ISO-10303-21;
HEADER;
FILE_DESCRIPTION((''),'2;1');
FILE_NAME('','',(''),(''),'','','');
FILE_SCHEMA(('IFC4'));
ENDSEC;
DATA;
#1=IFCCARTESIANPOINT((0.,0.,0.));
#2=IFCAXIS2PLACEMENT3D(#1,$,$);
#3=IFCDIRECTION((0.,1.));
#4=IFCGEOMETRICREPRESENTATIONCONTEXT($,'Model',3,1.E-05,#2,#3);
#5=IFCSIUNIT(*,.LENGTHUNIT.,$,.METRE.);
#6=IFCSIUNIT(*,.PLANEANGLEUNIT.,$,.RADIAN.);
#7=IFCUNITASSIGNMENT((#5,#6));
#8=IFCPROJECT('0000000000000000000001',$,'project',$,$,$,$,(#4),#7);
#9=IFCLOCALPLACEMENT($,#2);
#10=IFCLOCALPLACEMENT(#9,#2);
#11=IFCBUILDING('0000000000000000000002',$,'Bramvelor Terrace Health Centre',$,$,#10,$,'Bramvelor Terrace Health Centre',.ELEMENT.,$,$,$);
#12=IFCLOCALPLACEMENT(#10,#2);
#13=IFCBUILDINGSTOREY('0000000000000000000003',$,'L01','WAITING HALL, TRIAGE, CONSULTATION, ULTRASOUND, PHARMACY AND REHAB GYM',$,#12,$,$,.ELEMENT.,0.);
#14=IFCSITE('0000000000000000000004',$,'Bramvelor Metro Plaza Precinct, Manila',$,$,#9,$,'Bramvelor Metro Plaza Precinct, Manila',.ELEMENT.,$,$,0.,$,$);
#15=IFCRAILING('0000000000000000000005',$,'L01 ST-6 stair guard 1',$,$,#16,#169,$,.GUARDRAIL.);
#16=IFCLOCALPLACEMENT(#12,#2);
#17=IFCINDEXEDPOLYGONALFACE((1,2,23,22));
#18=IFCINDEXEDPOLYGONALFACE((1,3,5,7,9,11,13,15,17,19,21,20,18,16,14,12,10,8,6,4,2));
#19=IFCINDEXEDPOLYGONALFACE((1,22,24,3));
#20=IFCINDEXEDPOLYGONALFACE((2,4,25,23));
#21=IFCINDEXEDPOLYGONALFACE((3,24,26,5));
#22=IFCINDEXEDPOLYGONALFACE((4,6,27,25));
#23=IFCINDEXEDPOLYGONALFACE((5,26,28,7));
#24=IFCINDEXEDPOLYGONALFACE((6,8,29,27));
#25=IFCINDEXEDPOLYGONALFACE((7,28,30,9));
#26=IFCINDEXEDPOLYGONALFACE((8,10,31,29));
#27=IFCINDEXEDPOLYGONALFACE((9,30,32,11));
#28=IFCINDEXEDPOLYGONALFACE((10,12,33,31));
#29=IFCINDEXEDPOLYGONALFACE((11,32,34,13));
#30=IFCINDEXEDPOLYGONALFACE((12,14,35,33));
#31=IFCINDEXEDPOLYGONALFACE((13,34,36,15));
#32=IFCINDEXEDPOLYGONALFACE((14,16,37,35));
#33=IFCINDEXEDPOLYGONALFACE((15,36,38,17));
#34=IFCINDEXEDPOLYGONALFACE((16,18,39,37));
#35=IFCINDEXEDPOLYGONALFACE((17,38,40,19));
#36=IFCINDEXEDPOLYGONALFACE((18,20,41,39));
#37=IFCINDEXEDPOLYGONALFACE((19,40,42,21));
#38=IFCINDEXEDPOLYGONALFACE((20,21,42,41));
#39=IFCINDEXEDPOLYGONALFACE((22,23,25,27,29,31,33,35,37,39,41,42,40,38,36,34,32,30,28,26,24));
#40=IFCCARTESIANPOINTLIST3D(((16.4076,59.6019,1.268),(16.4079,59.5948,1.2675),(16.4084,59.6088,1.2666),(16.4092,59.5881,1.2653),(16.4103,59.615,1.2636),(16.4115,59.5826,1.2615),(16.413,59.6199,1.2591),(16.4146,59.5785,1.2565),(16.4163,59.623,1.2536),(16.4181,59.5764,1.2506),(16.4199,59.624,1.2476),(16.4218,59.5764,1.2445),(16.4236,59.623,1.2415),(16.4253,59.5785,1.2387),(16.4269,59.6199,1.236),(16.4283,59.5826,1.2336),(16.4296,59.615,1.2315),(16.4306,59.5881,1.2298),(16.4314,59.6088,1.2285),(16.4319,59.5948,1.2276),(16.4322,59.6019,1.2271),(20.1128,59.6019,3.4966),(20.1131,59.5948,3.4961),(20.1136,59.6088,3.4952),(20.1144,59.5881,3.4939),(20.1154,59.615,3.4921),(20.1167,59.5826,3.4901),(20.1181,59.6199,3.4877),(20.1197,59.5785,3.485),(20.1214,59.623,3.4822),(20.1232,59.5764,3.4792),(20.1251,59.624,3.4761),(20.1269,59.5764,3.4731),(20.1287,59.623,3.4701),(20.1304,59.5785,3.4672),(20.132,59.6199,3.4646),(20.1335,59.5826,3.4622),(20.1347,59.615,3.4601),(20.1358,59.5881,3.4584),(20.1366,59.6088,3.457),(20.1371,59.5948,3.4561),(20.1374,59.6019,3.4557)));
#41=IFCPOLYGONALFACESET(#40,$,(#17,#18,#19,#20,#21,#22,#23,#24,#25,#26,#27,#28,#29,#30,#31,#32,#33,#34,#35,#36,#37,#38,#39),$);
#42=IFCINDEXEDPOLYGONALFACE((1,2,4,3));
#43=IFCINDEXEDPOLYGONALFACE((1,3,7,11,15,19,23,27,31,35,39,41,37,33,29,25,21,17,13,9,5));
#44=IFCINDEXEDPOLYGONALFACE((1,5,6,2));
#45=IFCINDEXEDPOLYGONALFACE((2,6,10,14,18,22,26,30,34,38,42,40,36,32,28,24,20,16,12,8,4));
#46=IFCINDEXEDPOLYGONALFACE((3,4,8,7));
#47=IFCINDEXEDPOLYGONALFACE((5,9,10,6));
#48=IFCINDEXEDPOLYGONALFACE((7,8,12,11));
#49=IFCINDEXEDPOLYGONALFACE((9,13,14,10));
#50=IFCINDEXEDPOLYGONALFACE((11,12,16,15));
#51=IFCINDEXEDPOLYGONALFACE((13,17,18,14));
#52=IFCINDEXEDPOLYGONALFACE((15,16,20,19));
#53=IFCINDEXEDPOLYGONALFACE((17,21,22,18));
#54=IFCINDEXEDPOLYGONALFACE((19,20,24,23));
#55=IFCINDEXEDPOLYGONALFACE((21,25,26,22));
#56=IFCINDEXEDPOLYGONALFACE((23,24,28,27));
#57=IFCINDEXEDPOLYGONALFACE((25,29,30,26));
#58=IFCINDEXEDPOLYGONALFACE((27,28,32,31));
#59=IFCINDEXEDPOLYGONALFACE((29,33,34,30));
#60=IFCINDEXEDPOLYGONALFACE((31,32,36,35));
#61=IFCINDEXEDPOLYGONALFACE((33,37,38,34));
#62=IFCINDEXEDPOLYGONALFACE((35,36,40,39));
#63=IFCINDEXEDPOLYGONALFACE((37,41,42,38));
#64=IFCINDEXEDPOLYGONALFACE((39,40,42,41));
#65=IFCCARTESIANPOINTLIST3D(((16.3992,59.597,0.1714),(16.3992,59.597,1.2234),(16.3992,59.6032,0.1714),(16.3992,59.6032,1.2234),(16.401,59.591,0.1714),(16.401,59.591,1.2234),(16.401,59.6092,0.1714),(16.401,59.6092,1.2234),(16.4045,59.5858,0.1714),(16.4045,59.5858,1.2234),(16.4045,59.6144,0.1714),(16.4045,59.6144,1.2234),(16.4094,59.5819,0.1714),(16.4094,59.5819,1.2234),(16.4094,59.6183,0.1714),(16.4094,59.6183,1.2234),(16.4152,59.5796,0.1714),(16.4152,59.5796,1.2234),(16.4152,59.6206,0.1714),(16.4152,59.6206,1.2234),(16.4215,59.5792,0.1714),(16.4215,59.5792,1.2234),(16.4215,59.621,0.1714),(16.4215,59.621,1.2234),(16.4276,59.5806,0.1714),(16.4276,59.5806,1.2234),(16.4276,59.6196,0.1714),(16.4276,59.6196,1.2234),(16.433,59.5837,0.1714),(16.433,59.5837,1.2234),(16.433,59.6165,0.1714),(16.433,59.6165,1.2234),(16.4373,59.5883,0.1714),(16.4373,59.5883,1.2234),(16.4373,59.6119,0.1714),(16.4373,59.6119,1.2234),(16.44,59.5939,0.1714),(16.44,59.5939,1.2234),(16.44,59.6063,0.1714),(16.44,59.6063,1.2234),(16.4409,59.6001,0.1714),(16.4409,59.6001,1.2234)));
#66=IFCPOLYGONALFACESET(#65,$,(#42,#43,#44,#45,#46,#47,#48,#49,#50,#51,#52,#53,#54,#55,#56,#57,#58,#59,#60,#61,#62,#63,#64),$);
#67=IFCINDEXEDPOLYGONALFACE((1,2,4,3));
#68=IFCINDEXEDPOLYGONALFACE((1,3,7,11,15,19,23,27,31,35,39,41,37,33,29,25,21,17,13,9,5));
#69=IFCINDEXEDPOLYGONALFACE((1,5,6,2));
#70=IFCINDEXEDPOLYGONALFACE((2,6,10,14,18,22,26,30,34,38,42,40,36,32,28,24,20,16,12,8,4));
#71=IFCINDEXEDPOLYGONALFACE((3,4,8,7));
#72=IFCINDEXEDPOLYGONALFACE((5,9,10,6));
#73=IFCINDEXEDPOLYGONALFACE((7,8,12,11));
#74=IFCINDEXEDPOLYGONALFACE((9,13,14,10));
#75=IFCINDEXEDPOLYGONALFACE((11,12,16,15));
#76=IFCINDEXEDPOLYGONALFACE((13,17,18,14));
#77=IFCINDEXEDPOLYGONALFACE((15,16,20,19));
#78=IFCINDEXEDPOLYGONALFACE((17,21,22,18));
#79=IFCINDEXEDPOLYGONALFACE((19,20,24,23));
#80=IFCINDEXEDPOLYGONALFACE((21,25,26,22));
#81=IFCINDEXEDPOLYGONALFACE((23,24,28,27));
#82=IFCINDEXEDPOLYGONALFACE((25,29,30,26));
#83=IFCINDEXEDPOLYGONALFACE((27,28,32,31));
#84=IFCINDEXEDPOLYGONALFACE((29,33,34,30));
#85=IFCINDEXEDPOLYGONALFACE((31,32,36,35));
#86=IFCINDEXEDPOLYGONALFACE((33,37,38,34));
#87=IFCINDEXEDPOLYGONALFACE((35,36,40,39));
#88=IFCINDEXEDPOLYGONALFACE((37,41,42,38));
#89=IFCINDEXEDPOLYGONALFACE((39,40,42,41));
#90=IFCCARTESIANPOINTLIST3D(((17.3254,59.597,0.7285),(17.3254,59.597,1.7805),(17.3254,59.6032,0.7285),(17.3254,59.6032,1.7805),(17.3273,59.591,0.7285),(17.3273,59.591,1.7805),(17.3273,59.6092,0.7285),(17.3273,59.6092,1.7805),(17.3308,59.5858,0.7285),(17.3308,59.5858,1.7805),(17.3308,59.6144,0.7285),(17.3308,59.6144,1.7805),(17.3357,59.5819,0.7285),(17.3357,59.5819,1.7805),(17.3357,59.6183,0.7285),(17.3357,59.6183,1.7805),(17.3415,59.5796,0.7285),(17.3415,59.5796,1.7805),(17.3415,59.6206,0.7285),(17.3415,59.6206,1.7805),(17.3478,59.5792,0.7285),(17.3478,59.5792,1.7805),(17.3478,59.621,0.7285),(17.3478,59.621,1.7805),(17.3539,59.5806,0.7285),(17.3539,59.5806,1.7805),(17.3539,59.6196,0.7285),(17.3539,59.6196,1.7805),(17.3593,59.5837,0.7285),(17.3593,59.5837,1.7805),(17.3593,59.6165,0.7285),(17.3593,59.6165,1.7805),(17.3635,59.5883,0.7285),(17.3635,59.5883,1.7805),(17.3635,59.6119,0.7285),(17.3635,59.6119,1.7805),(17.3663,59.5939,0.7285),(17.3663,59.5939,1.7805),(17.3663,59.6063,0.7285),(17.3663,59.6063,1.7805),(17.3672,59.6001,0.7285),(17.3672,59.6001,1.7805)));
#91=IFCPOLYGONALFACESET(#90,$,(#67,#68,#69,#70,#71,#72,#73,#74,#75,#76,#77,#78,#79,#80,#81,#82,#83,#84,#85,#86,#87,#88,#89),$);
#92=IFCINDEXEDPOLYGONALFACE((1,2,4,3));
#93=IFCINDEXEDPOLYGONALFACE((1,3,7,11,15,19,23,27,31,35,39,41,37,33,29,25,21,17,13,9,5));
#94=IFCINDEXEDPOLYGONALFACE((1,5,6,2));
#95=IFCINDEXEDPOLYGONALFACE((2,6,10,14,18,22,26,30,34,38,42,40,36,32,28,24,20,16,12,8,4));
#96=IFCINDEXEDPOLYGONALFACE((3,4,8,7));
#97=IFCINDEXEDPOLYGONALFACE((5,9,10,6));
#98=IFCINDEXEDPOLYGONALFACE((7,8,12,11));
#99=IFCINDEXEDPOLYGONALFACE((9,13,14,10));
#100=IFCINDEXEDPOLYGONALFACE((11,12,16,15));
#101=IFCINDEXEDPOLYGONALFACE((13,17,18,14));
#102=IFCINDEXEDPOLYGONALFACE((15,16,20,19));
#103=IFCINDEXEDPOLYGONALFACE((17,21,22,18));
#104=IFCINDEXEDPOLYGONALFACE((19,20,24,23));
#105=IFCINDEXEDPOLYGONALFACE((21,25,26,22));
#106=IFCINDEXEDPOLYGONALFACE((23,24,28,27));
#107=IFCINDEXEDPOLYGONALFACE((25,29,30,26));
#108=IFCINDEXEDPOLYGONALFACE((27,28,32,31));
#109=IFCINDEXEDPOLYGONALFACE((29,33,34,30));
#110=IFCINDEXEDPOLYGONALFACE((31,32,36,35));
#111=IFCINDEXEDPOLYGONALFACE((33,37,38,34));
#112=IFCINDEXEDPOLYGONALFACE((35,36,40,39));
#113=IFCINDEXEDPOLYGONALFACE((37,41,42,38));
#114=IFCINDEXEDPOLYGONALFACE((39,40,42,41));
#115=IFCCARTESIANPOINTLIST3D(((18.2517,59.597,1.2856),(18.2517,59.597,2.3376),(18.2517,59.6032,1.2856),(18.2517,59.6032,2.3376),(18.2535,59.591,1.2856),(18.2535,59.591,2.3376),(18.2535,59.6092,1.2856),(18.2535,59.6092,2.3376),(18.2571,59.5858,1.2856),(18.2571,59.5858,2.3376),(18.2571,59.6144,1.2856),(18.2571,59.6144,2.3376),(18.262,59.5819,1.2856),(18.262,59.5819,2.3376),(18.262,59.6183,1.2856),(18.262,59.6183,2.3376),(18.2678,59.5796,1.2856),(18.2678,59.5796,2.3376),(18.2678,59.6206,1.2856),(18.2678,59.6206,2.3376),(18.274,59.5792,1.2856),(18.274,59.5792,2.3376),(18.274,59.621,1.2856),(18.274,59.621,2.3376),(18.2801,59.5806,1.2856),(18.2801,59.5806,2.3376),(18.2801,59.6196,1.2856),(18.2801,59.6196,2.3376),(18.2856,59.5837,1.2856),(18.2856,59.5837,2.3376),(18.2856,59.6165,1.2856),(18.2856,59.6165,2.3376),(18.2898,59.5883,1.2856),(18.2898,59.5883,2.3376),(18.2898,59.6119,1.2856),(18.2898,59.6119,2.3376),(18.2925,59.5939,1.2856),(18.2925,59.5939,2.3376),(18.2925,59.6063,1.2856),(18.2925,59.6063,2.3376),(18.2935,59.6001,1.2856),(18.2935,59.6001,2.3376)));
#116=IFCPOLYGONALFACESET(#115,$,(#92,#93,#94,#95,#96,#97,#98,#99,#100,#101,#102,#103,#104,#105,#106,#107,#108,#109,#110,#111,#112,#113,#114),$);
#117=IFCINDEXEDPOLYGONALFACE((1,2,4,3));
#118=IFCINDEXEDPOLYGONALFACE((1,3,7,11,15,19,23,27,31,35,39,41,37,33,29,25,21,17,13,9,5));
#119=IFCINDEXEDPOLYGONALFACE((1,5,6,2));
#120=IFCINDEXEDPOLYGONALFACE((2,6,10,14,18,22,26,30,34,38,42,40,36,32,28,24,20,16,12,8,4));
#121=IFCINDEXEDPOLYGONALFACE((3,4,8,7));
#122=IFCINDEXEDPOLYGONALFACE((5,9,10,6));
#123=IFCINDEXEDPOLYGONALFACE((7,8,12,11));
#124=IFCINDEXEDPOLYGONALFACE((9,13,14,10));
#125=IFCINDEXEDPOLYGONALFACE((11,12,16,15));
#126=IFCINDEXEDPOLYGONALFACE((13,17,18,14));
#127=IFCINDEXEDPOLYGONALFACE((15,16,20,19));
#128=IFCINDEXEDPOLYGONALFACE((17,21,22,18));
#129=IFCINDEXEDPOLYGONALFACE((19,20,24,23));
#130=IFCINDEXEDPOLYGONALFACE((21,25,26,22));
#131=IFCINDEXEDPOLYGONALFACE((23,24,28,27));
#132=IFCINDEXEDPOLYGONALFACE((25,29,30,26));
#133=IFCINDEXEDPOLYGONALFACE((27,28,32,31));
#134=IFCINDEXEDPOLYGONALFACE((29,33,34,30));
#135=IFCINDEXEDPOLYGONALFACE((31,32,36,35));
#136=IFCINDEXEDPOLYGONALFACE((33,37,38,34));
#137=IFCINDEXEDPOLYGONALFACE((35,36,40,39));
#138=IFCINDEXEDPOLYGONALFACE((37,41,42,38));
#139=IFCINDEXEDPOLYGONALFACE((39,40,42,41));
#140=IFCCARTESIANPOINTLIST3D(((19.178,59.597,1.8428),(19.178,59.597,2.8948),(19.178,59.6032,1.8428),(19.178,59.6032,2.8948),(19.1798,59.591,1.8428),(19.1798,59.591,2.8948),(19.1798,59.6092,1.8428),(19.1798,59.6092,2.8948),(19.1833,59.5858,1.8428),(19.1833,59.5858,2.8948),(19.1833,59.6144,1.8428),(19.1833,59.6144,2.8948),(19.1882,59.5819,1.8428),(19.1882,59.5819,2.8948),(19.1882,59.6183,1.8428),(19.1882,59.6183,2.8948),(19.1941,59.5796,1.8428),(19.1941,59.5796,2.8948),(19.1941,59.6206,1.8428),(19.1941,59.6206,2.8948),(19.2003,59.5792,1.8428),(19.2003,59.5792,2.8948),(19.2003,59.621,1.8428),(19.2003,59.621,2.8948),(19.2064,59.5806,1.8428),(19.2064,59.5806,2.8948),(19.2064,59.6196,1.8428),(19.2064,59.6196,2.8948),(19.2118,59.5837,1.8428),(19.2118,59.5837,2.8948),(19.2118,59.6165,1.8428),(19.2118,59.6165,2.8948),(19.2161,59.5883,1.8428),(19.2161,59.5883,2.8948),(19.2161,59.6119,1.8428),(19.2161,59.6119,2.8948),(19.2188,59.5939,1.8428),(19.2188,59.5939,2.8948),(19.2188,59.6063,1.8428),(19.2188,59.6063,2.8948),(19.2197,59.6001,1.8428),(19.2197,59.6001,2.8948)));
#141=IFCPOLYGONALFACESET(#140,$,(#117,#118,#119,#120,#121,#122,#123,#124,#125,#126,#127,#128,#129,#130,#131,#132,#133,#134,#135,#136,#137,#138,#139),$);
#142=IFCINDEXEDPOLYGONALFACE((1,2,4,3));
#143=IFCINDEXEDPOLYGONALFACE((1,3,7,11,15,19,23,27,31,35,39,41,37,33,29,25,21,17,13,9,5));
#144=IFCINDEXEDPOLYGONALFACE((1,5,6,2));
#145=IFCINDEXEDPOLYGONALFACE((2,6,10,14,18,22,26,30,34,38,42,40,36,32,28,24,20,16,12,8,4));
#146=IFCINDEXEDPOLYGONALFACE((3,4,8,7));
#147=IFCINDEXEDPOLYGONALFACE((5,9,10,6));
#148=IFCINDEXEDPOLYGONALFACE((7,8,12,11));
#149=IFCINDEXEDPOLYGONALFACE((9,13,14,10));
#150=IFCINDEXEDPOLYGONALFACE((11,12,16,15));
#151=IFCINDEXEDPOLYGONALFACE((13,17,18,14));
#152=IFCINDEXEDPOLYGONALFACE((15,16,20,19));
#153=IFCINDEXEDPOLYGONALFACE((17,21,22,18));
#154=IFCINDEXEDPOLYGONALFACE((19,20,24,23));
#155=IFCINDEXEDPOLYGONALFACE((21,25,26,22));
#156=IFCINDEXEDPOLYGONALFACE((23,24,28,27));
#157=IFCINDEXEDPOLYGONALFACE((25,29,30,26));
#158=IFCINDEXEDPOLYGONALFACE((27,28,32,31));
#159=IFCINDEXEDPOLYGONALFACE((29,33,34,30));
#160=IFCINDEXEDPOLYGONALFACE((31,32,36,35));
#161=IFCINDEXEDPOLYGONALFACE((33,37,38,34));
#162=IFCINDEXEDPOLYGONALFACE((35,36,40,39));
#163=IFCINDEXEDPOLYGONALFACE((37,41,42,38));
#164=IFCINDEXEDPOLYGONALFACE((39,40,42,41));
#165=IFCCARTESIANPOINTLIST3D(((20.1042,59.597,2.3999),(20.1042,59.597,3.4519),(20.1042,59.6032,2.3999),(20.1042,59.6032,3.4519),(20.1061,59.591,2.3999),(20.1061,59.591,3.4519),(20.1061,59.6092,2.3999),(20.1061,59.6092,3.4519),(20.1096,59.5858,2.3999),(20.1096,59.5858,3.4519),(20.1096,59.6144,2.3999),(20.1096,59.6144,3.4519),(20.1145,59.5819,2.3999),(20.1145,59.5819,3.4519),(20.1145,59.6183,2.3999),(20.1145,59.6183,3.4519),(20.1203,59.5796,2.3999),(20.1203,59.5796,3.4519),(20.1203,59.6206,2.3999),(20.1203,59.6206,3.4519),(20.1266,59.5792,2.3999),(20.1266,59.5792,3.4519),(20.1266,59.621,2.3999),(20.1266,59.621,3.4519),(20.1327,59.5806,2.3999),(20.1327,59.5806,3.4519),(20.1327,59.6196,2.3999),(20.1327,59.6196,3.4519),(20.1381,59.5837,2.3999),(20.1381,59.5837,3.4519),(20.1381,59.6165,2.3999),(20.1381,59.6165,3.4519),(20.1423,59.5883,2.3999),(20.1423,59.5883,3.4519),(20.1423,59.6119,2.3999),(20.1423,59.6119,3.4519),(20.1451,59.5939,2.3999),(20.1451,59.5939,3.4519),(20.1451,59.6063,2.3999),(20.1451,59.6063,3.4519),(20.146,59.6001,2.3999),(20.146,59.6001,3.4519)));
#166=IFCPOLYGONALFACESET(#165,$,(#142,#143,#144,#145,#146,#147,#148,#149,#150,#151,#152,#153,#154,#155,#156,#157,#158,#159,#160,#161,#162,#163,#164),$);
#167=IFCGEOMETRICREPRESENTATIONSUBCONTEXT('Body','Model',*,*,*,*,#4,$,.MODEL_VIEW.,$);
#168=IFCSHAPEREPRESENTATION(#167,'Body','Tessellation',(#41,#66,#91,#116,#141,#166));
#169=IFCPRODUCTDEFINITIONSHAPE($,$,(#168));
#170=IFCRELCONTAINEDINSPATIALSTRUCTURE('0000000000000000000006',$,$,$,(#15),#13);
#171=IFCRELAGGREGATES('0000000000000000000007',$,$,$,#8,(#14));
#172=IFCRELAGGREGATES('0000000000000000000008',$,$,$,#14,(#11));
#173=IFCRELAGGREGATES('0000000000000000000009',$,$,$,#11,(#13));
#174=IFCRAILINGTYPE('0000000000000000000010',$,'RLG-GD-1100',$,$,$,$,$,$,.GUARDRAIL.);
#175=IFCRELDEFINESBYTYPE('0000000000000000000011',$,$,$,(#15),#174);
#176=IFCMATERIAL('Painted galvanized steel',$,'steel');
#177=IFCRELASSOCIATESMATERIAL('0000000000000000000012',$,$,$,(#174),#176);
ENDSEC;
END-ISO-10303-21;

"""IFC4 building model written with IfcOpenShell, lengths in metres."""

from ifc_helpers import new_model, si_unit, direction, frame, origin, origin_2d, place, context, subcontext, project, spatial, circle, extrude, material, type_object, element, save


model = new_model("IFC4")

# Units and contexts
model_context = context("Model", 3, precision=1e-05, world=origin(), true_north=direction((0.0, 1.0)))
body_context = subcontext(model_context, "Body", "Model", "MODEL_VIEW")
ifc_project = project(units=[si_unit("LENGTHUNIT", "METRE"), si_unit("PLANEANGLEUNIT", "RADIAN")], contexts=[model_context])

# Site, building, storey
site_placement = place(None, origin())
site = spatial("IfcSite", under=ifc_project, at=site_placement, Name="Bramvelor Metro Plaza Precinct, Manila", LongName="Bramvelor Metro Plaza Precinct, Manila", CompositionType="ELEMENT", RefElevation=0.0)
building_placement = place(site_placement, origin())
building = spatial("IfcBuilding", under=site, at=building_placement, Name="Bramvelor Terrace Health Centre", LongName="Bramvelor Terrace Health Centre", CompositionType="ELEMENT")
storey_placement = place(building_placement, origin())
storey = spatial("IfcBuildingStorey", under=building, at=storey_placement, Name="L01", Description="WAITING HALL, TRIAGE, CONSULTATION, ULTRASOUND, PHARMACY AND REHAB GYM", CompositionType="ELEMENT", Elevation=0.0)

# Railing
ifc_material_1 = material(Name="Painted galvanized steel", Category="steel")
railing_type_1 = type_object("IfcRailingType", Name="RLG-GD-1100", PredefinedType="GUARDRAIL", material=ifc_material_1)
railing_1_placement = place(storey_placement, frame((16.4199, 59.6001, 0.1714)))
element("IfcRailing", 1, at=railing_1_placement, inside=storey, type_object=railing_type_1, Name="L01 ST-6 stair guard 1", PredefinedType="GUARDRAIL", context=body_context, shape_type="SweptSolid", body=[
    extrude(circle(Radius=0.0239, at=origin_2d()), frame((0.0, 0.0, 1.0762), z_axis=(0.856934, 0.0, 0.515425), x_axis=(0.0, 1.0, 0.0)), (0.0, 0.0, 1.0), 4.3237),
    extrude(circle(Radius=0.021, at=origin_2d()), origin(), (0.0, 0.0, 1.0), 1.052),
    extrude(circle(Radius=0.021, at=origin_2d()), frame((0.9263, 0.0, 0.5571)), (0.0, 0.0, 1.0), 1.052),
    extrude(circle(Radius=0.021, at=origin_2d()), frame((1.8525, 0.0, 1.1143)), (0.0, 0.0, 1.0), 1.052),
    extrude(circle(Radius=0.021, at=origin_2d()), frame((2.7788, 0.0, 1.6714)), (0.0, 0.0, 1.0), 1.052),
    extrude(circle(Radius=0.021, at=origin_2d()), frame((3.7051, 0.0, 2.2285)), (0.0, 0.0, 1.0), 1.052),
])

save(model, "model.ifc")
